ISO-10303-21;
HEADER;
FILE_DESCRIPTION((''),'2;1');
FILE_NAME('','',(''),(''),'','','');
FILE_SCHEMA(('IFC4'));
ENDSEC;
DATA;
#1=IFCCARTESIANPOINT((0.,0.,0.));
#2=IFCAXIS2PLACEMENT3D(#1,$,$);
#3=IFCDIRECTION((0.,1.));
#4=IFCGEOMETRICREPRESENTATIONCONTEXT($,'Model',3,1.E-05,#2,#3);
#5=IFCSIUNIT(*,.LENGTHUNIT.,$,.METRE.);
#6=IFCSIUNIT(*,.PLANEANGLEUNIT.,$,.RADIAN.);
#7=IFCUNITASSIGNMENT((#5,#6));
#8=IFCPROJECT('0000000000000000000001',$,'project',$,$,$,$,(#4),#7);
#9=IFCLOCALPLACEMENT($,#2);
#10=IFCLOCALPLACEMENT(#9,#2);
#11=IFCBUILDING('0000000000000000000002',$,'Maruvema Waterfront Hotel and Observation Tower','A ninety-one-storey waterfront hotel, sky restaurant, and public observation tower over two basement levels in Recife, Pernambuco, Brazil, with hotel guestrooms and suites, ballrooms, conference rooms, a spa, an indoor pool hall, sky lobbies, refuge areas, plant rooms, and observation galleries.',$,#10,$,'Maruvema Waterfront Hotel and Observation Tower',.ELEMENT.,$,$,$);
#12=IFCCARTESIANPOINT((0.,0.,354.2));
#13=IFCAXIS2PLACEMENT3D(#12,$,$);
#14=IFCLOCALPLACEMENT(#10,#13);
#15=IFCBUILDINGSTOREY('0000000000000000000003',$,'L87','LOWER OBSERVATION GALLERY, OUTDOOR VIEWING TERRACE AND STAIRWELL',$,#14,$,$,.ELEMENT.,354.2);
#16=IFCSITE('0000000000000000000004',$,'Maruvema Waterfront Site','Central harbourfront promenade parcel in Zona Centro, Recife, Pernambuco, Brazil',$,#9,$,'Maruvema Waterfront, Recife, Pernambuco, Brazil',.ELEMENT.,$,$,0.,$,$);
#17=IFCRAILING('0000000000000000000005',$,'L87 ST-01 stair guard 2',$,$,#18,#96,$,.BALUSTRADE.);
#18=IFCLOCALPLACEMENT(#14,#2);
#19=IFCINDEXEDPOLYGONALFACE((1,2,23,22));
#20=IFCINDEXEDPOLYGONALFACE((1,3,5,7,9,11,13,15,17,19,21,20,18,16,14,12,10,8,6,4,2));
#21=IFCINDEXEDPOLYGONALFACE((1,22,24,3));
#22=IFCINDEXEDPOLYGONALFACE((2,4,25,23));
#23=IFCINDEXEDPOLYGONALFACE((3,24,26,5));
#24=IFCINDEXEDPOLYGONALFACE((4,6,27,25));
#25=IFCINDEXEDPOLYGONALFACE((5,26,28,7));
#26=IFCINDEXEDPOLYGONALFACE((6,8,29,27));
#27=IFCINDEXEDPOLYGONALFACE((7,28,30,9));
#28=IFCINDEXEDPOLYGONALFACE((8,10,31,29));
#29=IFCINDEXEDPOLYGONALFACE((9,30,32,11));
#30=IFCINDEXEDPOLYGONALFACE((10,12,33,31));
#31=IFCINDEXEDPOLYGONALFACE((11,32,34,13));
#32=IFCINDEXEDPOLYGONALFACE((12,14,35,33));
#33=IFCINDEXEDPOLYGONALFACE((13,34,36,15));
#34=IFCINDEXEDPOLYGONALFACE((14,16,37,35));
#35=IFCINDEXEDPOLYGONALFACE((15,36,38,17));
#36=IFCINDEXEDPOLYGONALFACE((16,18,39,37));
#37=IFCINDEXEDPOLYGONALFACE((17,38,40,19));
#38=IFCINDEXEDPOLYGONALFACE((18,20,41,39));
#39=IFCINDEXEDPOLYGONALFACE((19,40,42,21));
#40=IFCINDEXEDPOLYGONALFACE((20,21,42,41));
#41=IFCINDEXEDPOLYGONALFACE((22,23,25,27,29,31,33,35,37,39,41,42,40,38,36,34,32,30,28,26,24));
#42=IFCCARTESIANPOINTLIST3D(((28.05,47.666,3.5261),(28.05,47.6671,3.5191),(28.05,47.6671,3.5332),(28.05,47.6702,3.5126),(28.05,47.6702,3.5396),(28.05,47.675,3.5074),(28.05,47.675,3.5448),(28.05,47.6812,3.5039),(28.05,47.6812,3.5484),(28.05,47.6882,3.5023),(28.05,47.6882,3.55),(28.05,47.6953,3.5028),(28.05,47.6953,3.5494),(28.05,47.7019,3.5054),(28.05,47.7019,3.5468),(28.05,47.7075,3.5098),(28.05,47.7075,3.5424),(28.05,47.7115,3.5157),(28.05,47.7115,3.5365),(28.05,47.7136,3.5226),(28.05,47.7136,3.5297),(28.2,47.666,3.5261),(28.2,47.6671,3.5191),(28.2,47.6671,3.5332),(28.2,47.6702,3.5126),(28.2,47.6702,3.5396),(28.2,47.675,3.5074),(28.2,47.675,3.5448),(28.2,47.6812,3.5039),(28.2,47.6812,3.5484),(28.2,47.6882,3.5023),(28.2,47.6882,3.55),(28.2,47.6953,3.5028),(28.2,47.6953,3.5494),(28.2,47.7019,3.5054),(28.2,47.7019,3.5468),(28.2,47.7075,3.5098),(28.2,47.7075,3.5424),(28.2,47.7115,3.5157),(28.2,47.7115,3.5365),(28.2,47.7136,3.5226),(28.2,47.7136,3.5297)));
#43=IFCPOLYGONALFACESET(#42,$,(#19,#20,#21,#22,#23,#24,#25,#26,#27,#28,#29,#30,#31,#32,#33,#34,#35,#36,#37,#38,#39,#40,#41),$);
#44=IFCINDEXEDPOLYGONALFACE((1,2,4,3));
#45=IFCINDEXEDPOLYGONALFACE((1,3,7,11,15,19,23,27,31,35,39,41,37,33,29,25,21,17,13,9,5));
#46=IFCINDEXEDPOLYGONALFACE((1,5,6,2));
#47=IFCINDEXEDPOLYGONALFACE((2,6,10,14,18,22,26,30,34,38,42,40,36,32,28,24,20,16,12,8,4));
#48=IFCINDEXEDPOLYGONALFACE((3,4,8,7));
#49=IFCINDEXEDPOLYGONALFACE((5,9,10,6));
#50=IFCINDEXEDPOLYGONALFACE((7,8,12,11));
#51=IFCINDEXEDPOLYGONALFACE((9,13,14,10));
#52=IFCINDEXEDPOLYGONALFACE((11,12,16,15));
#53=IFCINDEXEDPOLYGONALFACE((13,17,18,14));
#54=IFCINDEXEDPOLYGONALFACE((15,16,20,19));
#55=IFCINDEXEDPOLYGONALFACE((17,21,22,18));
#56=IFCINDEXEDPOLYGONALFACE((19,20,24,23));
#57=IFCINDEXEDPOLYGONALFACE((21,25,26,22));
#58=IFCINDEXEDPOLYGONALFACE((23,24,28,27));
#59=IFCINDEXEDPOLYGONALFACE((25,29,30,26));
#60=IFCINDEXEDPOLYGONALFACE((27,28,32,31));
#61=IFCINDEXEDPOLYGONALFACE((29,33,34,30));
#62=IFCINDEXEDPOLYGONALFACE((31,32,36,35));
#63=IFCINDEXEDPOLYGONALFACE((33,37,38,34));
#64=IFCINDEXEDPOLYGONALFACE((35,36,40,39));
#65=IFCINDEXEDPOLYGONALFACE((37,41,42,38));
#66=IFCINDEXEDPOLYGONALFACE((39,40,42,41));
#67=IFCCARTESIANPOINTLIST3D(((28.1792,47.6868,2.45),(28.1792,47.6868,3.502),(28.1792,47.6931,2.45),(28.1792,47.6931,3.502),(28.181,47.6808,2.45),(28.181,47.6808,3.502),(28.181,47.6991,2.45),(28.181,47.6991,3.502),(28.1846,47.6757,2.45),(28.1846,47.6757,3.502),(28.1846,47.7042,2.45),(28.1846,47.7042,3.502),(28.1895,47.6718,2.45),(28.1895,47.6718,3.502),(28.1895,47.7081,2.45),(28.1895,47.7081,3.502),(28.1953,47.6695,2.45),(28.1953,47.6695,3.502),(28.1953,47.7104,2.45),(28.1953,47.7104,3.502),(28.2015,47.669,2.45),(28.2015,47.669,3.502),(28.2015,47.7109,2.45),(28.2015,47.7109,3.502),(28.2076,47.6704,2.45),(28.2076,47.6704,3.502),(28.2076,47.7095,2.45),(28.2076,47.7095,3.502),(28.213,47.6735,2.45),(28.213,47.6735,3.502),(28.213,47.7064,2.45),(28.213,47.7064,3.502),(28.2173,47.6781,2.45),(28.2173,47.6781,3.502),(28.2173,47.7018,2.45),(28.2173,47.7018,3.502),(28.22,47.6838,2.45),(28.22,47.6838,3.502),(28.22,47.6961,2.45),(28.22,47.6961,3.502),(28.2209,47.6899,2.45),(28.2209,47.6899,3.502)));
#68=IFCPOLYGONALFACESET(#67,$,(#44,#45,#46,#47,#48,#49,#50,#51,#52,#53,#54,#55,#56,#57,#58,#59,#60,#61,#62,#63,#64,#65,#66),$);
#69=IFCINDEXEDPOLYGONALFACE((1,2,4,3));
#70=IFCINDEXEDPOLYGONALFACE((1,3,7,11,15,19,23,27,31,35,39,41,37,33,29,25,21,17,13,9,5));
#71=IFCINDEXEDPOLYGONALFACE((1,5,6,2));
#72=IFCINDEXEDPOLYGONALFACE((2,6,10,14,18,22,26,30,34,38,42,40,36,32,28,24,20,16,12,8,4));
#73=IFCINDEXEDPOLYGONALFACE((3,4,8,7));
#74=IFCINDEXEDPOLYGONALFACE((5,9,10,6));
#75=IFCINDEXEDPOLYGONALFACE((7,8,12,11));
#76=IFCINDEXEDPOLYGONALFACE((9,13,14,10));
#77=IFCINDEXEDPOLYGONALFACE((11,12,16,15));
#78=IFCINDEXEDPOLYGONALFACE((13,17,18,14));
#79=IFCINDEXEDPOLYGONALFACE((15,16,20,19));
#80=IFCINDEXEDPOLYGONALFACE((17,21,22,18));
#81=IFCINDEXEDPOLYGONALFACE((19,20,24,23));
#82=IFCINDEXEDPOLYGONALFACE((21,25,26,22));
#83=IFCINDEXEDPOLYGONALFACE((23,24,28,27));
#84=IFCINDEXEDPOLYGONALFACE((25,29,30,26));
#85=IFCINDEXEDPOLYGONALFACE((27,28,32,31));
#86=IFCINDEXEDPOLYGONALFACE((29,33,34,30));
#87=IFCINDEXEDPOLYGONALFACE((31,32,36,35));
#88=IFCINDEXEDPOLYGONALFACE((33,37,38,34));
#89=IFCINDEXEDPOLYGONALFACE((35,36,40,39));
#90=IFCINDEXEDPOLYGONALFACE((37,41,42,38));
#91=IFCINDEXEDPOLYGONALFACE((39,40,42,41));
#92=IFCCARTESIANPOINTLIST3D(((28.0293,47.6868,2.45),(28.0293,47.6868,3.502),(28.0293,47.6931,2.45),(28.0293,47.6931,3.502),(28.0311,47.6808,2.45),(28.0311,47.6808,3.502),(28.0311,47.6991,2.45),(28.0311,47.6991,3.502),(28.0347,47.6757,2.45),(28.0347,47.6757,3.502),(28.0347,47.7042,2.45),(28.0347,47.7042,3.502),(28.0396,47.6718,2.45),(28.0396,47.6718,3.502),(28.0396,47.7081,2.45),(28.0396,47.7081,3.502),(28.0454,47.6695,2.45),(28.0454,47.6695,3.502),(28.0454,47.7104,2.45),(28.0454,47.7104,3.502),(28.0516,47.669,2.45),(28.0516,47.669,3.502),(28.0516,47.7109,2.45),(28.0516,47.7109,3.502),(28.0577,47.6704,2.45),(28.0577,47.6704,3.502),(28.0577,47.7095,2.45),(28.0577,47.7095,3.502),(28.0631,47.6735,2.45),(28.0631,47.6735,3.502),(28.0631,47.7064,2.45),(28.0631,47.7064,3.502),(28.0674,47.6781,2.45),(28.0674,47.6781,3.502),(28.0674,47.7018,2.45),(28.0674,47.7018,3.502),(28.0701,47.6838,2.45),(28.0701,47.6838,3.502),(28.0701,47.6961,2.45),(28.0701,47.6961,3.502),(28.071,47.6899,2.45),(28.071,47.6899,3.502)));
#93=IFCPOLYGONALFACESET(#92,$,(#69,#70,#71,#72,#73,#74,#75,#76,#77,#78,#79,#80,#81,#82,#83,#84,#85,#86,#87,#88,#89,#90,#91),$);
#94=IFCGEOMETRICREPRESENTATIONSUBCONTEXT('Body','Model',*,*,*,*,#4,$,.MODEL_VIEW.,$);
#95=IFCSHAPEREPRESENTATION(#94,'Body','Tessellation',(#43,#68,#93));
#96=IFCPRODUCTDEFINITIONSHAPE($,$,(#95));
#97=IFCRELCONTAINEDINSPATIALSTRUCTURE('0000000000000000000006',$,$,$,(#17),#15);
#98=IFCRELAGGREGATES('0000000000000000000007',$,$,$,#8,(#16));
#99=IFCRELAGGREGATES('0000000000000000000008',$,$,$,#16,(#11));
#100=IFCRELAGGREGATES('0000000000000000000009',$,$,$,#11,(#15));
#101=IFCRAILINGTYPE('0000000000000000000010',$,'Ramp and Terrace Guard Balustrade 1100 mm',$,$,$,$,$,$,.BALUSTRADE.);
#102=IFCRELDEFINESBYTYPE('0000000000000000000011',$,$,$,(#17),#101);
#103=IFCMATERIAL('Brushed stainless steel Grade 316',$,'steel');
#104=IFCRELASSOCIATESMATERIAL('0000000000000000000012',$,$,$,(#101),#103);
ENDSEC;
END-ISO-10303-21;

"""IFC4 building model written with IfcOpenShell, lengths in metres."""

from ifc_helpers import new_model, si_unit, direction, frame, origin, origin_2d, place, context, subcontext, project, spatial, circle, extrude, material, type_object, element, save


model = new_model("IFC4")

# Units and contexts
model_context = context("Model", 3, precision=1e-05, world=origin(), true_north=direction((0.0, 1.0)))
body_context = subcontext(model_context, "Body", "Model", "MODEL_VIEW")
ifc_project = project(units=[si_unit("LENGTHUNIT", "METRE"), si_unit("PLANEANGLEUNIT", "RADIAN")], contexts=[model_context])

# Site, building, storey
site_placement = place(None, origin())
site = spatial("IfcSite", under=ifc_project, at=site_placement, Name="Maruvema Waterfront Site", Description="Central harbourfront promenade parcel in Zona Centro, Recife, Pernambuco, Brazil", LongName="Maruvema Waterfront, Recife, Pernambuco, Brazil", CompositionType="ELEMENT", RefElevation=0.0)
building_placement = place(site_placement, origin())
building = spatial("IfcBuilding", under=site, at=building_placement, Name="Maruvema Waterfront Hotel and Observation Tower", Description="A ninety-one-storey waterfront hotel, sky restaurant, and public observation tower over two basement levels in Recife, Pernambuco, Brazil, with hotel guestrooms and suites, ballrooms, conference rooms, a spa, an indoor pool hall, sky lobbies, refuge areas, plant rooms, and observation galleries.", LongName="Maruvema Waterfront Hotel and Observation Tower", CompositionType="ELEMENT")
storey_placement = place(building_placement, frame((0.0, 0.0, 354.2)))
storey = spatial("IfcBuildingStorey", under=building, at=storey_placement, Name="L87", Description="LOWER OBSERVATION GALLERY, OUTDOOR VIEWING TERRACE AND STAIRWELL", CompositionType="ELEMENT", Elevation=354.2)

# Railing
ifc_material_1 = material(Name="Brushed stainless steel Grade 316", Category="steel")
railing_type_1 = type_object("IfcRailingType", Name="Ramp and Terrace Guard Balustrade 1100 mm", PredefinedType="BALUSTRADE", material=ifc_material_1)
railing_1_placement = place(storey_placement, frame((28.2, 47.6899, 2.45)))
element("IfcRailing", 1, at=railing_1_placement, inside=storey, type_object=railing_type_1, Name="L87 ST-01 stair guard 2", PredefinedType="BALUSTRADE", context=body_context, shape_type="SweptSolid", body=[
    extrude(circle(Radius=0.0239, at=origin_2d()), frame((0.0, 0.0, 1.0762), z_axis=(-1.0, 0.0, 0.0), x_axis=(0.0, -1.0, 0.0)), (0.0, 0.0, 1.0), 0.1499),
    extrude(circle(Radius=0.021, at=origin_2d()), origin(), (0.0, 0.0, 1.0), 1.052),
    extrude(circle(Radius=0.021, at=origin_2d()), frame((-0.1499, 0.0, 0.0)), (0.0, 0.0, 1.0), 1.052),
])

save(model, "model.ifc")
